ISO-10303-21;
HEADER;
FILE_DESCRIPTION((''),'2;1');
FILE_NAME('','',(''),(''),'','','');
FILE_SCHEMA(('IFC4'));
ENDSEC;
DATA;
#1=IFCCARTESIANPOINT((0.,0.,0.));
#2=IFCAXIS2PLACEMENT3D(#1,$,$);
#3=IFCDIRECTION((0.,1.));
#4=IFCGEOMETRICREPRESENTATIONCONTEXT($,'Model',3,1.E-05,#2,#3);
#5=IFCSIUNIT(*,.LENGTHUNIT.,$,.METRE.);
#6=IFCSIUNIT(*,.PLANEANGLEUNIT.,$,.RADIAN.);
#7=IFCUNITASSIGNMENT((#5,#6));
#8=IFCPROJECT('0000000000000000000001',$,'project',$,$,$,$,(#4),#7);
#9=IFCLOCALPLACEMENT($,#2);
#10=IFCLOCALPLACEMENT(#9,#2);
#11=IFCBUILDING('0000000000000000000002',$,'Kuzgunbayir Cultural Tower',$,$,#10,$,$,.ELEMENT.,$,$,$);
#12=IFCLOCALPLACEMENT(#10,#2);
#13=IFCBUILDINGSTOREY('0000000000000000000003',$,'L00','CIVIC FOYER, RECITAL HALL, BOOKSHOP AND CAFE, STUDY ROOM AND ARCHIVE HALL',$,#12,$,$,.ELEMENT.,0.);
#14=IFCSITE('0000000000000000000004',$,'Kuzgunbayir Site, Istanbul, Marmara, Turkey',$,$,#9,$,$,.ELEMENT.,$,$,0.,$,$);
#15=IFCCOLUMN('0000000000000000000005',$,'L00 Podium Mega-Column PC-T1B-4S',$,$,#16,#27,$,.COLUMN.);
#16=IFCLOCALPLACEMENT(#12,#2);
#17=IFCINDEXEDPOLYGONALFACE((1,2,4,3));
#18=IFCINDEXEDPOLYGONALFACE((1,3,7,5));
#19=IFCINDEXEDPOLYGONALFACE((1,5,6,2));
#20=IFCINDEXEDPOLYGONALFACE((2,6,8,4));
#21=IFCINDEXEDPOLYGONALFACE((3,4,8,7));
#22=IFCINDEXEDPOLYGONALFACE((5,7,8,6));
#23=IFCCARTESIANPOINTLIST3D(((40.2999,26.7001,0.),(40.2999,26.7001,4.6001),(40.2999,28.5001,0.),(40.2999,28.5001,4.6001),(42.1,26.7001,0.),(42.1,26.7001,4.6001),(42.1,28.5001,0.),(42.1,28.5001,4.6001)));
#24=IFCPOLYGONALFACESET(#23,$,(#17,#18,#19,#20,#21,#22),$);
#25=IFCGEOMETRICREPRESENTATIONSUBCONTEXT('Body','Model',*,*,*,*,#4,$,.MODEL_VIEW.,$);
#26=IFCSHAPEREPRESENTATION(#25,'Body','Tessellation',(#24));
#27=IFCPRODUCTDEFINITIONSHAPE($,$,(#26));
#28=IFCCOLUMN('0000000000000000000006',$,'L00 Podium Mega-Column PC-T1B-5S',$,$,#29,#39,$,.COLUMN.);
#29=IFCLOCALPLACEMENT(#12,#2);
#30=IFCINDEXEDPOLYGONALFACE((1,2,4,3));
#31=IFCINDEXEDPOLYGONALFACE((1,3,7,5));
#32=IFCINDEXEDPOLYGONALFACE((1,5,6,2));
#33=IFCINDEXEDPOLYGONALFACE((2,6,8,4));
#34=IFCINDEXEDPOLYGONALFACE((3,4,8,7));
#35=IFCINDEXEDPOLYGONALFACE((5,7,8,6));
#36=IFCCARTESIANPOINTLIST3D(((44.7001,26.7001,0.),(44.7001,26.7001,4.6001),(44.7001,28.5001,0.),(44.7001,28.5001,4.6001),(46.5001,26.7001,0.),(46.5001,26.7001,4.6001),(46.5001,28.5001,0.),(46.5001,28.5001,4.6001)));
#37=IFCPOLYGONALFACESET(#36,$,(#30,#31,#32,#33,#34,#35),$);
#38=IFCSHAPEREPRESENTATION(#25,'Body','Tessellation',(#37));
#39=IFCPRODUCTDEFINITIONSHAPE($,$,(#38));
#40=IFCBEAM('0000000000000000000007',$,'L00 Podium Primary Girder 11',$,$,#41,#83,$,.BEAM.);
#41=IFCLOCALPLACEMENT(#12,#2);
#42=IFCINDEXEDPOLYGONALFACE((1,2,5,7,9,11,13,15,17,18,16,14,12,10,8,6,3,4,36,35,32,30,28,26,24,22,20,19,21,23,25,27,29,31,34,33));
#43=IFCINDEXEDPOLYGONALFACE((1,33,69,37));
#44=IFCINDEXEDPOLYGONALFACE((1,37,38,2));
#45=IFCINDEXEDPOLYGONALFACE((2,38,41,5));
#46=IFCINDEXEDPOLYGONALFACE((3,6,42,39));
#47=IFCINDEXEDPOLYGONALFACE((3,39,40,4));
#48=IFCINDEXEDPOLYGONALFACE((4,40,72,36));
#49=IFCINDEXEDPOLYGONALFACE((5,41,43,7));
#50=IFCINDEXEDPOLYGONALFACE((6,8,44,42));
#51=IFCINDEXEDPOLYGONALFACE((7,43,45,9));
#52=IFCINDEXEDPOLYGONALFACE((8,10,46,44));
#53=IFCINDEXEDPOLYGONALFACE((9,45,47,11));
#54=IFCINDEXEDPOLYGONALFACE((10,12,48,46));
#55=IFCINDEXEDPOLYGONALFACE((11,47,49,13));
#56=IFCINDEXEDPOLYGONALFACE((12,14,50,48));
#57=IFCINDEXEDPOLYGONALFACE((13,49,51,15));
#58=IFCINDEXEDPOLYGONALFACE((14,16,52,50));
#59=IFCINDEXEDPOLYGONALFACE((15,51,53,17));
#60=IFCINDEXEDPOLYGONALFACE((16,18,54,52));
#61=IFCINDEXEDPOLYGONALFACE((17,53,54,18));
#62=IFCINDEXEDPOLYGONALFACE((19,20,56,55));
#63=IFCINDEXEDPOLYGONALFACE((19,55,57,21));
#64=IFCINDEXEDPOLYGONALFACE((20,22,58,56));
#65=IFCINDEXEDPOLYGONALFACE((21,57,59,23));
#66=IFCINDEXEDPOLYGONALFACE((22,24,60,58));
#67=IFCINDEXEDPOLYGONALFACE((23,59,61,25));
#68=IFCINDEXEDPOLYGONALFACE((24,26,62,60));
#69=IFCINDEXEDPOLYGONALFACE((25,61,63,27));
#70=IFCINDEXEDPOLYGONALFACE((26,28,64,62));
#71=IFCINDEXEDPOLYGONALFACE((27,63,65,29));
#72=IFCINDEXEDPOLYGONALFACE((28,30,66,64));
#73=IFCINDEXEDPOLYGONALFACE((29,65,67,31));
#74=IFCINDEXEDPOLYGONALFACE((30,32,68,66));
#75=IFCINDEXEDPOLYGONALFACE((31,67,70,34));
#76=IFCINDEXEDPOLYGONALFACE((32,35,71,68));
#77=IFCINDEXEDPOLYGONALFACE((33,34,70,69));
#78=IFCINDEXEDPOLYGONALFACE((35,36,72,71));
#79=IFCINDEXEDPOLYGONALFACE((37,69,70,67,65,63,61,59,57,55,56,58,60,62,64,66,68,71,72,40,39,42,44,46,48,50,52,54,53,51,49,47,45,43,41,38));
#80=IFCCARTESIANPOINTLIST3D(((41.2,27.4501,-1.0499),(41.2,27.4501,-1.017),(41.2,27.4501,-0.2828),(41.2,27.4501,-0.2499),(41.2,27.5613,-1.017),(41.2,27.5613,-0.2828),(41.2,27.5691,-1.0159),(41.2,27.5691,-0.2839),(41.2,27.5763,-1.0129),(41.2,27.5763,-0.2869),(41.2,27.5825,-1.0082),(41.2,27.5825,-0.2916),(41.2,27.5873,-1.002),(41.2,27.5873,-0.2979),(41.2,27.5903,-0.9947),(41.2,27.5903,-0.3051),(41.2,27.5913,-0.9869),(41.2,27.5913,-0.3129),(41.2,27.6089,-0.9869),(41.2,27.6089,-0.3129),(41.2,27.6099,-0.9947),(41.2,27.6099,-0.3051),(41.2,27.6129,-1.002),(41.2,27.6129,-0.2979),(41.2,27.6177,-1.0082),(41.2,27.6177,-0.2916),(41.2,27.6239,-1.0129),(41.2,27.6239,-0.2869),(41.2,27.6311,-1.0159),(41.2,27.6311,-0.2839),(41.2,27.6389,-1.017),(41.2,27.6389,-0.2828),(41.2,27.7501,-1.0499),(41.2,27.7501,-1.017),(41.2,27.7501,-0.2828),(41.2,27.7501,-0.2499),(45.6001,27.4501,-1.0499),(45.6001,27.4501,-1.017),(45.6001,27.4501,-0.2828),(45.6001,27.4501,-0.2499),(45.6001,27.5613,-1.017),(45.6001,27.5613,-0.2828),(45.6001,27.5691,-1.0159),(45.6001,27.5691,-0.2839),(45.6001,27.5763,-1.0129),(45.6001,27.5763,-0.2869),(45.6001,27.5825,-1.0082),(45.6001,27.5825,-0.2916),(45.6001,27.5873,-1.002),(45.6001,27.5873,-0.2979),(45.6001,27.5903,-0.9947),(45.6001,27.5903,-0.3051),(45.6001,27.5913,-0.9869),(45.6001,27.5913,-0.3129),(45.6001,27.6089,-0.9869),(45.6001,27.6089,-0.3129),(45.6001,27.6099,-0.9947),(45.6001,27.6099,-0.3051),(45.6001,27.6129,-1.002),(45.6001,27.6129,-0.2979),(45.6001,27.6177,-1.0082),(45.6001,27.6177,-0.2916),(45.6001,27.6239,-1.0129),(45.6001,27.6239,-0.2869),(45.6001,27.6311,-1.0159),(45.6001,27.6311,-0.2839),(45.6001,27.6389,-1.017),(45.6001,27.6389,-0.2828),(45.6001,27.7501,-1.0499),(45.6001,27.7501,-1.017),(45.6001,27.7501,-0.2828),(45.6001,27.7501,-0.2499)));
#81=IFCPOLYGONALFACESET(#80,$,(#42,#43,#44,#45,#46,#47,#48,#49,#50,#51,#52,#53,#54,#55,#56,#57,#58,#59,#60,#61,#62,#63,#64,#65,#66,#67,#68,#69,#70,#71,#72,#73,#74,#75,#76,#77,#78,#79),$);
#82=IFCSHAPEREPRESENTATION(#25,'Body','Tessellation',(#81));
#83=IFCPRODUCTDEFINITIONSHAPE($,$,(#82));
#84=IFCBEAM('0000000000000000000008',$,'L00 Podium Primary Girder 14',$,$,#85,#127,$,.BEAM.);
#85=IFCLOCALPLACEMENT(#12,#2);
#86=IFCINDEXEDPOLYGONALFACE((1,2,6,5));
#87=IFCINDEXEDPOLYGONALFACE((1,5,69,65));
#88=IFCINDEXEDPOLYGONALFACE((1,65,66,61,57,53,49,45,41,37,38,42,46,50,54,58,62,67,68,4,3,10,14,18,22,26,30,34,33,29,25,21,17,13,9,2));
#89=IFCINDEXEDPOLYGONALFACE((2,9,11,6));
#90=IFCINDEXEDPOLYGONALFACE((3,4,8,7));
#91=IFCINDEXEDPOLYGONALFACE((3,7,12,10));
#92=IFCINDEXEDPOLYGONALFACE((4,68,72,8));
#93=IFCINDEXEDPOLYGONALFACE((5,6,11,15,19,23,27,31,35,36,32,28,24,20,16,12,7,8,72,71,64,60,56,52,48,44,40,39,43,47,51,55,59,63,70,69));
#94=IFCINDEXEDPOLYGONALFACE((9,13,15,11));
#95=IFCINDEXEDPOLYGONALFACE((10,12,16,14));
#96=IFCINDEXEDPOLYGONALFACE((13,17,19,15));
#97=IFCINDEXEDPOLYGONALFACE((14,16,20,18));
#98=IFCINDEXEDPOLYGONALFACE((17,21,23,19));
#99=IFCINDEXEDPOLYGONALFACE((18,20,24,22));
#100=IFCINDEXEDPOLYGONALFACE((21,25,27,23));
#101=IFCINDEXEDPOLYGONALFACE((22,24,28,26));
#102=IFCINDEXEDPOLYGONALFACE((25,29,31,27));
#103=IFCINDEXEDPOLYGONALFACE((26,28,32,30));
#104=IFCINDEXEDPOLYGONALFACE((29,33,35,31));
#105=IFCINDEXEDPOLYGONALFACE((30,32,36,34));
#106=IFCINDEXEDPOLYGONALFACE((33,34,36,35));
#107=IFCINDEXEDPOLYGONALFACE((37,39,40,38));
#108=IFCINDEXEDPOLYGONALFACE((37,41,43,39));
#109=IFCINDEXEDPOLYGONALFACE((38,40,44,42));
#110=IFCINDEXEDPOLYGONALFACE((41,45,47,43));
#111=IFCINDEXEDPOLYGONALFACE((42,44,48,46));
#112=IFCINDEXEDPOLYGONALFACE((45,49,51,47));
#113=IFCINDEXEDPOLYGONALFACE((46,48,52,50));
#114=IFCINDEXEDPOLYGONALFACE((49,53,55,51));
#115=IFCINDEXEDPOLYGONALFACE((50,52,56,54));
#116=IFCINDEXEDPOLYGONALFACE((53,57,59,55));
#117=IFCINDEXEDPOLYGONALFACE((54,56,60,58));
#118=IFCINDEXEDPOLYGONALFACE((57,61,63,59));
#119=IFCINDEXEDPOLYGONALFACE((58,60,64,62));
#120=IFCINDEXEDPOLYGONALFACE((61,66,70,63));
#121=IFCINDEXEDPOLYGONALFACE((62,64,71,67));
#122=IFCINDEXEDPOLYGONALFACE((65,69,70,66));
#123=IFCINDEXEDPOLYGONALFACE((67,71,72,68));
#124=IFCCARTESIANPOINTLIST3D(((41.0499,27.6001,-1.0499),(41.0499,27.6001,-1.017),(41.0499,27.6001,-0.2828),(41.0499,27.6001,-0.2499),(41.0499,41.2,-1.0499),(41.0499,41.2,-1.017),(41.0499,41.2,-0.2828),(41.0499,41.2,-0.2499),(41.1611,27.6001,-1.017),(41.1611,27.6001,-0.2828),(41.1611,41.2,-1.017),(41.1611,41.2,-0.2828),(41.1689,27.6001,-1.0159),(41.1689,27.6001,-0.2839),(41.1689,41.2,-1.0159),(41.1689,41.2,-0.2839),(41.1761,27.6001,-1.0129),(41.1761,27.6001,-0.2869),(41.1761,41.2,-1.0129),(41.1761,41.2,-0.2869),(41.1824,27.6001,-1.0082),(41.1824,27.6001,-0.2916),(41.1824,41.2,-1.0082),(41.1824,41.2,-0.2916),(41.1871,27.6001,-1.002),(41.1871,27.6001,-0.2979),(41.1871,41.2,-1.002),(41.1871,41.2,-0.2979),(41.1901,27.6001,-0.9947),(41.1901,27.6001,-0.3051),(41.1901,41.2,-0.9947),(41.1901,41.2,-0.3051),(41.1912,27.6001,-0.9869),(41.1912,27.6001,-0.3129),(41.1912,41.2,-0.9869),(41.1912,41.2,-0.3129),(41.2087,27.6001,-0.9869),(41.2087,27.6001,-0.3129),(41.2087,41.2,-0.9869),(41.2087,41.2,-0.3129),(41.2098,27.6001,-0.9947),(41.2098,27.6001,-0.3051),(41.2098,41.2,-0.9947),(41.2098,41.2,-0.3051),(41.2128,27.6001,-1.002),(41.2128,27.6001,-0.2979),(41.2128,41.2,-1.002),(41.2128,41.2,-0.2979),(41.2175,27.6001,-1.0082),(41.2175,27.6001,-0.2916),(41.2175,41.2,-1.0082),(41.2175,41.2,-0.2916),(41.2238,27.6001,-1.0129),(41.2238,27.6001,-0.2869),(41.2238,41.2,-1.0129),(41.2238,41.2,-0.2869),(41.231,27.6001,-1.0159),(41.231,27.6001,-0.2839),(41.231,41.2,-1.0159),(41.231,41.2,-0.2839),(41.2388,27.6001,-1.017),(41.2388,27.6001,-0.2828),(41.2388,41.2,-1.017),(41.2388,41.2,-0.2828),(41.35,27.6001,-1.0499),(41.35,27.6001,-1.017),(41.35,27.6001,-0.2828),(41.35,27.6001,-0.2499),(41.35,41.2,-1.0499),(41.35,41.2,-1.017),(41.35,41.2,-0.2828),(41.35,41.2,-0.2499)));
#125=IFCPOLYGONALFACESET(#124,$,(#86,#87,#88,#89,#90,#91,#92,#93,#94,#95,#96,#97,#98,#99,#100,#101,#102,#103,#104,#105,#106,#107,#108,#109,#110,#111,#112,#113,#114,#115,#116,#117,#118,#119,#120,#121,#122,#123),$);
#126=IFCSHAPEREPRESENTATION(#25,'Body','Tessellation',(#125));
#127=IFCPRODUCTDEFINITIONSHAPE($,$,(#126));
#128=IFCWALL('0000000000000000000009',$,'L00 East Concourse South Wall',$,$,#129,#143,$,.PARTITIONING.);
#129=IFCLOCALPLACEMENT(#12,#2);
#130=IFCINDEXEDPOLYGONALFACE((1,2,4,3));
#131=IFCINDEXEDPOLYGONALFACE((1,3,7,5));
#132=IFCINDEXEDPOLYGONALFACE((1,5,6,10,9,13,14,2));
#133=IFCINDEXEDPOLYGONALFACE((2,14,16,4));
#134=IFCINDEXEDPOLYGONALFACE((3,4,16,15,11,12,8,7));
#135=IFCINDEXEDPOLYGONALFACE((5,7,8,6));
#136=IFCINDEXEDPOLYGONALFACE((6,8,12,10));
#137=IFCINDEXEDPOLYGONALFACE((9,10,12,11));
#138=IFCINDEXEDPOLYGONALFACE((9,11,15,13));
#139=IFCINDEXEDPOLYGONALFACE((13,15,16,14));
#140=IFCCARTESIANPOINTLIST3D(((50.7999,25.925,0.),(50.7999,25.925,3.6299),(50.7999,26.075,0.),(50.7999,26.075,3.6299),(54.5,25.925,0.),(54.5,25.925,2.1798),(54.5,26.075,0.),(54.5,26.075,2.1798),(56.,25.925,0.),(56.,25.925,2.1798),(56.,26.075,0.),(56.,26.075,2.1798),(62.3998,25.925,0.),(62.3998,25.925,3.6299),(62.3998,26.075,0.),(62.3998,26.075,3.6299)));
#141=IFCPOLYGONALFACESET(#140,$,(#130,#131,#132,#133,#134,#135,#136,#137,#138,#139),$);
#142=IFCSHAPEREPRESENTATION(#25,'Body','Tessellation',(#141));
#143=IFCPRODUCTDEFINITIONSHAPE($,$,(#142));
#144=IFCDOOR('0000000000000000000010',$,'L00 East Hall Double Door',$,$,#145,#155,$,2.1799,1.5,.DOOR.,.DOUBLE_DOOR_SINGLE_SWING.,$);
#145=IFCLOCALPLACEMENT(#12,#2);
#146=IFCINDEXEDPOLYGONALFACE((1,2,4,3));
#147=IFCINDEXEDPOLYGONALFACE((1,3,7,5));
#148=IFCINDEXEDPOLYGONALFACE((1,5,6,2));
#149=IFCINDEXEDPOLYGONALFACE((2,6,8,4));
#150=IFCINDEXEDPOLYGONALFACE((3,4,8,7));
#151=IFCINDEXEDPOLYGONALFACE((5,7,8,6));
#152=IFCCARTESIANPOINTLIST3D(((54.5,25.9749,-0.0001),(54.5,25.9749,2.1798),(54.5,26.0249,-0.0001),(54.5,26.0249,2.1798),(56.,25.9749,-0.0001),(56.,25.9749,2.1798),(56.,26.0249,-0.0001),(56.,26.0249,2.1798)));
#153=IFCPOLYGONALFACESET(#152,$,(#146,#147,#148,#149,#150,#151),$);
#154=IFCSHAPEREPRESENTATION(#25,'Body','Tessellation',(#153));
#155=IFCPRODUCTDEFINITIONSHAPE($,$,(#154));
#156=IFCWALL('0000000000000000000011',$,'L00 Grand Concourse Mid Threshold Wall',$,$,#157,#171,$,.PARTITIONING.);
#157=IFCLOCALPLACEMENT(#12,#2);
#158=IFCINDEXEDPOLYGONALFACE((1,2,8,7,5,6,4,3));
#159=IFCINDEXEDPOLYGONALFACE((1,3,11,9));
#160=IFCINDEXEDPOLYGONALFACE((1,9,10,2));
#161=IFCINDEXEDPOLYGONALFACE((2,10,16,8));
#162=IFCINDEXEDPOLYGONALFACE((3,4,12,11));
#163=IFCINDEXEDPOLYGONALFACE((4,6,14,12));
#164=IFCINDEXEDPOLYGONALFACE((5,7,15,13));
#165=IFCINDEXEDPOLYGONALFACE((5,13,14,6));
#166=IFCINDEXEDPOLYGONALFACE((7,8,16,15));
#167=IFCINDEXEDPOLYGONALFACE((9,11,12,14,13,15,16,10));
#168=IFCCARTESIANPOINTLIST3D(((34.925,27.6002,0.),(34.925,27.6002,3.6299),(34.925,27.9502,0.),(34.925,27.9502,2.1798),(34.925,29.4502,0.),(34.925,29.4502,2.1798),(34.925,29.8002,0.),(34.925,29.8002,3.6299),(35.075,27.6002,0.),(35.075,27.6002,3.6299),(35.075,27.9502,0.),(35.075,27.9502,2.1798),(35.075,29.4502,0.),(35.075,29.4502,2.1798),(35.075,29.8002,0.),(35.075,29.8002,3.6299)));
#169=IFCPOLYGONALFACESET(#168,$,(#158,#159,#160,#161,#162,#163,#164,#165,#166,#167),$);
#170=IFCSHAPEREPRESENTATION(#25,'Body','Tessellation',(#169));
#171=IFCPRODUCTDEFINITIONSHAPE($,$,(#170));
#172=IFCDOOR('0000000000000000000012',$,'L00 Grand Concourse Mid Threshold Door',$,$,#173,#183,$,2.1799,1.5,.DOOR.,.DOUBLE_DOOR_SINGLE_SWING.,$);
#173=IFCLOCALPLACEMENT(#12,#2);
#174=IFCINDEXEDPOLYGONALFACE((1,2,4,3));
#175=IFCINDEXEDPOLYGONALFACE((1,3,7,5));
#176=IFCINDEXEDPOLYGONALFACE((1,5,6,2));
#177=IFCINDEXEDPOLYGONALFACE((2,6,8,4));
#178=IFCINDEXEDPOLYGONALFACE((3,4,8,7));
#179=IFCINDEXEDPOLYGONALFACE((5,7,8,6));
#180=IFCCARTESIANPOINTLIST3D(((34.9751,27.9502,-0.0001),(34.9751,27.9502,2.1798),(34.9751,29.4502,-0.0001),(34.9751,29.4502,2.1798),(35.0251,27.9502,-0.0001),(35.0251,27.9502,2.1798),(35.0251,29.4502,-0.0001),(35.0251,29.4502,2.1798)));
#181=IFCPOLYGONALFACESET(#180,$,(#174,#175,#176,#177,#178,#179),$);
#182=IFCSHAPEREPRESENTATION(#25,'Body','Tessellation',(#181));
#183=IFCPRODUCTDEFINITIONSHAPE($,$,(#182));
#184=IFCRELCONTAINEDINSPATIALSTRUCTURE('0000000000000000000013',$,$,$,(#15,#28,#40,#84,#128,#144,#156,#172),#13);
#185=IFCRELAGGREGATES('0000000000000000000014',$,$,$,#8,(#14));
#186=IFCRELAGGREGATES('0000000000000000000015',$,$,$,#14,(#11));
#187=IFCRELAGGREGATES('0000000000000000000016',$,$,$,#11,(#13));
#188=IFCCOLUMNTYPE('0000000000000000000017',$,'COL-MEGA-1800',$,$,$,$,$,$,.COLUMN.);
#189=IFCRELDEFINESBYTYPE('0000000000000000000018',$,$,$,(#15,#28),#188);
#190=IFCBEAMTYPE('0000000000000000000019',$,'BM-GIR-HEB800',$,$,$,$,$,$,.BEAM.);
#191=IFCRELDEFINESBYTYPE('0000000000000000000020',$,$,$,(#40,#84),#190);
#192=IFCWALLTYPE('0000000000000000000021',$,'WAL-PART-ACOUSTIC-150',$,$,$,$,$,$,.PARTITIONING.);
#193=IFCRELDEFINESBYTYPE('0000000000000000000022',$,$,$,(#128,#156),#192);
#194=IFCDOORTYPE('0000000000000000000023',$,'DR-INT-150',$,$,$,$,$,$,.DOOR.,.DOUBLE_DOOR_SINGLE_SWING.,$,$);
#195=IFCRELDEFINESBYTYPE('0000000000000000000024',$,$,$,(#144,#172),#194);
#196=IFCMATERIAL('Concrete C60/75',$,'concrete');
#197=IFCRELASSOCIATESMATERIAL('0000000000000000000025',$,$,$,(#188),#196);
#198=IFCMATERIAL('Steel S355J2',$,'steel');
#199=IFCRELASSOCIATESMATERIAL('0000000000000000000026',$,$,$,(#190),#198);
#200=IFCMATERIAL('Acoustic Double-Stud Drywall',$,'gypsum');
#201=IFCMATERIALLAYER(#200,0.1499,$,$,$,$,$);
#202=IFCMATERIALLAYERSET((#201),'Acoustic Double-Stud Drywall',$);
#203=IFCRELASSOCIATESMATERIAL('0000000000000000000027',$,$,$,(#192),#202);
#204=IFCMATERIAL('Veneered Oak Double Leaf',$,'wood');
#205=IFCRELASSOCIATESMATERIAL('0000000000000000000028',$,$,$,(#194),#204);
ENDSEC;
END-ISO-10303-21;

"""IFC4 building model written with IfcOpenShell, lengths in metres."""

from ifc_helpers import new_model, si_unit, direction, frame, frame_2d, origin, origin_2d, place, context, subcontext, project, spatial, rectangle, i_section, extrude, material, layer, layer_set, material_profile, profile_set, type_object, element, fill, save


model = new_model("IFC4")

# Units and contexts
model_context = context("Model", 3, precision=1e-05, world=origin(), true_north=direction((0.0, 1.0)))
body_context = subcontext(model_context, "Body", "Model", "MODEL_VIEW")
ifc_project = project(units=[si_unit("LENGTHUNIT", "METRE"), si_unit("PLANEANGLEUNIT", "RADIAN")], contexts=[model_context])

# Site, building, storey
site_placement = place(None, origin())
site = spatial("IfcSite", under=ifc_project, at=site_placement, Name="Kuzgunbayir Site, Istanbul, Marmara, Turkey", CompositionType="ELEMENT", RefElevation=0.0)
building_placement = place(site_placement, origin())
building = spatial("IfcBuilding", under=site, at=building_placement, Name="Kuzgunbayir Cultural Tower", CompositionType="ELEMENT")
storey_placement = place(building_placement, origin())
storey = spatial("IfcBuildingStorey", under=building, at=storey_placement, Name="L00", Description="CIVIC FOYER, RECITAL HALL, BOOKSHOP AND CAFE, STUDY ROOM AND ARCHIVE HALL", CompositionType="ELEMENT", Elevation=0.0)

# Columns
ifc_material_1 = material(Name="Concrete C60/75", Category="concrete")
ifc_material_profile_1 = material_profile(ifc_material_1, rectangle(XDim=1.8, YDim=1.8, at=origin_2d()), Name="RC 1800x1800")
ifc_profile_set_1 = profile_set([ifc_material_profile_1], Name="Concrete C60/75")
column_type = type_object("IfcColumnType", Name="COL-MEGA-1800", PredefinedType="COLUMN", material=ifc_profile_set_1)
for number, where, z_axis, x_axis, name in (
    (1, (41.2, 27.6001, 0.0), (0.0, 0.0, 1.0), (1.0, 0.0, 0.0), "L00 Podium Mega-Column PC-T1B-4S"),
    (2, (45.6001, 27.6001, 0.0), (0.0, 0.0, 1.0), (1.0, 0.0, 0.0), "L00 Podium Mega-Column PC-T1B-5S"),
):
    element("IfcColumn", number, at=place(storey_placement, frame(where, z_axis=z_axis, x_axis=x_axis)), inside=storey, type_object=column_type, Name=name, PredefinedType="COLUMN", context=body_context, shape_type="SweptSolid", body=[
        extrude(rectangle(XDim=1.8, YDim=1.8, at=origin_2d()), origin(), (0.0, 0.0, 1.0), 4.6001),
    ])

# Beams
ifc_material_2 = material(Name="Steel S355J2", Category="steel")
ifc_material_profile_2 = material_profile(ifc_material_2, i_section(OverallWidth=0.3, OverallDepth=0.8, WebThickness=0.0176, FlangeThickness=0.033, FilletRadius=0.03, at=origin_2d()), Name="HEB 800")
ifc_profile_set_2 = profile_set([ifc_material_profile_2], Name="Steel S355J2")
beam_type = type_object("IfcBeamType", Name="BM-GIR-HEB800", PredefinedType="BEAM", material=ifc_profile_set_2)
beam_1_placement = place(storey_placement, frame((41.2, 27.6001, -0.6499), z_axis=(1.0, 0.0, 0.0), x_axis=(0.0, 1.0, 0.0)))
element("IfcBeam", 3, at=beam_1_placement, inside=storey, type_object=beam_type, Name="L00 Podium Primary Girder 11", PredefinedType="BEAM", context=body_context, shape_type="SweptSolid", body=[
    extrude(i_section(OverallWidth=0.3, OverallDepth=0.8, WebThickness=0.0176, FlangeThickness=0.033, FilletRadius=0.03, at=origin_2d()), origin(), (0.0, 0.0, 1.0), 4.4001),
])
beam_2_placement = place(storey_placement, frame((41.2, 27.6001, -0.6499), z_axis=(0.0, 1.0, 0.0), x_axis=(-1.0, 0.0, 0.0)))
element("IfcBeam", 4, at=beam_2_placement, inside=storey, type_object=beam_type, Name="L00 Podium Primary Girder 14", PredefinedType="BEAM", context=body_context, shape_type="SweptSolid", body=[
    extrude(i_section(OverallWidth=0.3, OverallDepth=0.8, WebThickness=0.0176, FlangeThickness=0.033, FilletRadius=0.03, at=origin_2d()), origin(), (0.0, 0.0, 1.0), 13.5999),
])

# Walls, openings, doors
ifc_material_3 = material(Name="Acoustic Double-Stud Drywall", Category="gypsum")
ifc_layer_1 = layer(ifc_material_3, 0.1499)
ifc_layer_set_1 = layer_set([ifc_layer_1], Name="Acoustic Double-Stud Drywall")
wall_type_1 = type_object("IfcWallType", Name="WAL-PART-ACOUSTIC-150", PredefinedType="PARTITIONING", material=ifc_layer_set_1)
wall_1_placement = place(storey_placement, frame((50.8, 26.0, 0.0), z_axis=(0.0, 0.0, 1.0), x_axis=(1.0, 0.0, 0.0)))
wall_1 = element("IfcWall", 5, at=wall_1_placement, inside=storey, type_object=wall_type_1, Name="L00 East Concourse South Wall", PredefinedType="PARTITIONING", context=body_context, shape_type="SweptSolid", body=[
    extrude(rectangle(XDim=11.5999, YDim=0.1499, at=frame_2d((5.7998, 0.0))), origin(), (0.0, 0.0, 1.0), 3.6299),
])
opening_1_placement = place(wall_1_placement, frame((3.7, 0.0, 0.0)))
opening_1 = element("IfcOpeningElement", 6, at=opening_1_placement, cuts=wall_1, PredefinedType="OPENING", context=body_context, shape_type="SweptSolid", body=[
    extrude(rectangle(XDim=1.5, YDim=2.1799, at=frame_2d((0.75, 1.0898))), frame((0.0, 0.085, 0.0), z_axis=(0.0, -1.0, 0.0), x_axis=(1.0, 0.0, 0.0)), (0.0, 0.0, 1.0), 0.1699),
])
ifc_material_4 = material(Name="Veneered Oak Double Leaf", Category="wood")
door_type = type_object("IfcDoorType", Name="DR-INT-150", OperationType="DOUBLE_DOOR_SINGLE_SWING", PredefinedType="DOOR", material=ifc_material_4)
door_1_placement = place(opening_1_placement, origin())
door_1 = element("IfcDoor", 7, at=door_1_placement, inside=storey, type_object=door_type, Name="L00 East Hall Double Door", OperationType="DOUBLE_DOOR_SINGLE_SWING", OverallHeight=2.1799, OverallWidth=1.5, PredefinedType="DOOR", context=body_context, shape_type="SweptSolid", body=[
    extrude(rectangle(XDim=1.5, YDim=2.1799, at=frame_2d((0.75, 1.0898))), frame((0.0, 0.0249, 0.0), z_axis=(0.0, -1.0, 0.0), x_axis=(1.0, 0.0, 0.0)), (0.0, 0.0, 1.0), 0.05),
])
fill(opening_1, door_1)
wall_2_placement = place(storey_placement, frame((35.0, 27.6001, 0.0), z_axis=(0.0, 0.0, 1.0), x_axis=(0.0, 1.0, 0.0)))
wall_2 = element("IfcWall", 8, at=wall_2_placement, inside=storey, type_object=wall_type_1, Name="L00 Grand Concourse Mid Threshold Wall", PredefinedType="PARTITIONING", context=body_context, shape_type="SweptSolid", body=[
    extrude(rectangle(XDim=2.2, YDim=0.1499, at=frame_2d((1.1001, 0.0))), origin(), (0.0, 0.0, 1.0), 3.6299),
])
opening_2_placement = place(wall_2_placement, frame((0.3501, 0.0, 0.0)))
opening_2 = element("IfcOpeningElement", 9, at=opening_2_placement, cuts=wall_2, PredefinedType="OPENING", context=body_context, shape_type="SweptSolid", body=[
    extrude(rectangle(XDim=1.5, YDim=2.1799, at=frame_2d((0.75, 1.0898))), frame((0.0, 0.085, 0.0), z_axis=(0.0, -1.0, 0.0), x_axis=(1.0, 0.0, 0.0)), (0.0, 0.0, 1.0), 0.1699),
])
door_2_placement = place(opening_2_placement, origin())
door_2 = element("IfcDoor", 10, at=door_2_placement, inside=storey, type_object=door_type, Name="L00 Grand Concourse Mid Threshold Door", OperationType="DOUBLE_DOOR_SINGLE_SWING", OverallHeight=2.1799, OverallWidth=1.5, PredefinedType="DOOR", context=body_context, shape_type="SweptSolid", body=[
    extrude(rectangle(XDim=1.5, YDim=2.1799, at=frame_2d((0.75, 1.0898))), frame((0.0, 0.0249, 0.0), z_axis=(0.0, -1.0, 0.0), x_axis=(1.0, 0.0, 0.0)), (0.0, 0.0, 1.0), 0.05),
])
fill(opening_2, door_2)

save(model, "model.ifc")
